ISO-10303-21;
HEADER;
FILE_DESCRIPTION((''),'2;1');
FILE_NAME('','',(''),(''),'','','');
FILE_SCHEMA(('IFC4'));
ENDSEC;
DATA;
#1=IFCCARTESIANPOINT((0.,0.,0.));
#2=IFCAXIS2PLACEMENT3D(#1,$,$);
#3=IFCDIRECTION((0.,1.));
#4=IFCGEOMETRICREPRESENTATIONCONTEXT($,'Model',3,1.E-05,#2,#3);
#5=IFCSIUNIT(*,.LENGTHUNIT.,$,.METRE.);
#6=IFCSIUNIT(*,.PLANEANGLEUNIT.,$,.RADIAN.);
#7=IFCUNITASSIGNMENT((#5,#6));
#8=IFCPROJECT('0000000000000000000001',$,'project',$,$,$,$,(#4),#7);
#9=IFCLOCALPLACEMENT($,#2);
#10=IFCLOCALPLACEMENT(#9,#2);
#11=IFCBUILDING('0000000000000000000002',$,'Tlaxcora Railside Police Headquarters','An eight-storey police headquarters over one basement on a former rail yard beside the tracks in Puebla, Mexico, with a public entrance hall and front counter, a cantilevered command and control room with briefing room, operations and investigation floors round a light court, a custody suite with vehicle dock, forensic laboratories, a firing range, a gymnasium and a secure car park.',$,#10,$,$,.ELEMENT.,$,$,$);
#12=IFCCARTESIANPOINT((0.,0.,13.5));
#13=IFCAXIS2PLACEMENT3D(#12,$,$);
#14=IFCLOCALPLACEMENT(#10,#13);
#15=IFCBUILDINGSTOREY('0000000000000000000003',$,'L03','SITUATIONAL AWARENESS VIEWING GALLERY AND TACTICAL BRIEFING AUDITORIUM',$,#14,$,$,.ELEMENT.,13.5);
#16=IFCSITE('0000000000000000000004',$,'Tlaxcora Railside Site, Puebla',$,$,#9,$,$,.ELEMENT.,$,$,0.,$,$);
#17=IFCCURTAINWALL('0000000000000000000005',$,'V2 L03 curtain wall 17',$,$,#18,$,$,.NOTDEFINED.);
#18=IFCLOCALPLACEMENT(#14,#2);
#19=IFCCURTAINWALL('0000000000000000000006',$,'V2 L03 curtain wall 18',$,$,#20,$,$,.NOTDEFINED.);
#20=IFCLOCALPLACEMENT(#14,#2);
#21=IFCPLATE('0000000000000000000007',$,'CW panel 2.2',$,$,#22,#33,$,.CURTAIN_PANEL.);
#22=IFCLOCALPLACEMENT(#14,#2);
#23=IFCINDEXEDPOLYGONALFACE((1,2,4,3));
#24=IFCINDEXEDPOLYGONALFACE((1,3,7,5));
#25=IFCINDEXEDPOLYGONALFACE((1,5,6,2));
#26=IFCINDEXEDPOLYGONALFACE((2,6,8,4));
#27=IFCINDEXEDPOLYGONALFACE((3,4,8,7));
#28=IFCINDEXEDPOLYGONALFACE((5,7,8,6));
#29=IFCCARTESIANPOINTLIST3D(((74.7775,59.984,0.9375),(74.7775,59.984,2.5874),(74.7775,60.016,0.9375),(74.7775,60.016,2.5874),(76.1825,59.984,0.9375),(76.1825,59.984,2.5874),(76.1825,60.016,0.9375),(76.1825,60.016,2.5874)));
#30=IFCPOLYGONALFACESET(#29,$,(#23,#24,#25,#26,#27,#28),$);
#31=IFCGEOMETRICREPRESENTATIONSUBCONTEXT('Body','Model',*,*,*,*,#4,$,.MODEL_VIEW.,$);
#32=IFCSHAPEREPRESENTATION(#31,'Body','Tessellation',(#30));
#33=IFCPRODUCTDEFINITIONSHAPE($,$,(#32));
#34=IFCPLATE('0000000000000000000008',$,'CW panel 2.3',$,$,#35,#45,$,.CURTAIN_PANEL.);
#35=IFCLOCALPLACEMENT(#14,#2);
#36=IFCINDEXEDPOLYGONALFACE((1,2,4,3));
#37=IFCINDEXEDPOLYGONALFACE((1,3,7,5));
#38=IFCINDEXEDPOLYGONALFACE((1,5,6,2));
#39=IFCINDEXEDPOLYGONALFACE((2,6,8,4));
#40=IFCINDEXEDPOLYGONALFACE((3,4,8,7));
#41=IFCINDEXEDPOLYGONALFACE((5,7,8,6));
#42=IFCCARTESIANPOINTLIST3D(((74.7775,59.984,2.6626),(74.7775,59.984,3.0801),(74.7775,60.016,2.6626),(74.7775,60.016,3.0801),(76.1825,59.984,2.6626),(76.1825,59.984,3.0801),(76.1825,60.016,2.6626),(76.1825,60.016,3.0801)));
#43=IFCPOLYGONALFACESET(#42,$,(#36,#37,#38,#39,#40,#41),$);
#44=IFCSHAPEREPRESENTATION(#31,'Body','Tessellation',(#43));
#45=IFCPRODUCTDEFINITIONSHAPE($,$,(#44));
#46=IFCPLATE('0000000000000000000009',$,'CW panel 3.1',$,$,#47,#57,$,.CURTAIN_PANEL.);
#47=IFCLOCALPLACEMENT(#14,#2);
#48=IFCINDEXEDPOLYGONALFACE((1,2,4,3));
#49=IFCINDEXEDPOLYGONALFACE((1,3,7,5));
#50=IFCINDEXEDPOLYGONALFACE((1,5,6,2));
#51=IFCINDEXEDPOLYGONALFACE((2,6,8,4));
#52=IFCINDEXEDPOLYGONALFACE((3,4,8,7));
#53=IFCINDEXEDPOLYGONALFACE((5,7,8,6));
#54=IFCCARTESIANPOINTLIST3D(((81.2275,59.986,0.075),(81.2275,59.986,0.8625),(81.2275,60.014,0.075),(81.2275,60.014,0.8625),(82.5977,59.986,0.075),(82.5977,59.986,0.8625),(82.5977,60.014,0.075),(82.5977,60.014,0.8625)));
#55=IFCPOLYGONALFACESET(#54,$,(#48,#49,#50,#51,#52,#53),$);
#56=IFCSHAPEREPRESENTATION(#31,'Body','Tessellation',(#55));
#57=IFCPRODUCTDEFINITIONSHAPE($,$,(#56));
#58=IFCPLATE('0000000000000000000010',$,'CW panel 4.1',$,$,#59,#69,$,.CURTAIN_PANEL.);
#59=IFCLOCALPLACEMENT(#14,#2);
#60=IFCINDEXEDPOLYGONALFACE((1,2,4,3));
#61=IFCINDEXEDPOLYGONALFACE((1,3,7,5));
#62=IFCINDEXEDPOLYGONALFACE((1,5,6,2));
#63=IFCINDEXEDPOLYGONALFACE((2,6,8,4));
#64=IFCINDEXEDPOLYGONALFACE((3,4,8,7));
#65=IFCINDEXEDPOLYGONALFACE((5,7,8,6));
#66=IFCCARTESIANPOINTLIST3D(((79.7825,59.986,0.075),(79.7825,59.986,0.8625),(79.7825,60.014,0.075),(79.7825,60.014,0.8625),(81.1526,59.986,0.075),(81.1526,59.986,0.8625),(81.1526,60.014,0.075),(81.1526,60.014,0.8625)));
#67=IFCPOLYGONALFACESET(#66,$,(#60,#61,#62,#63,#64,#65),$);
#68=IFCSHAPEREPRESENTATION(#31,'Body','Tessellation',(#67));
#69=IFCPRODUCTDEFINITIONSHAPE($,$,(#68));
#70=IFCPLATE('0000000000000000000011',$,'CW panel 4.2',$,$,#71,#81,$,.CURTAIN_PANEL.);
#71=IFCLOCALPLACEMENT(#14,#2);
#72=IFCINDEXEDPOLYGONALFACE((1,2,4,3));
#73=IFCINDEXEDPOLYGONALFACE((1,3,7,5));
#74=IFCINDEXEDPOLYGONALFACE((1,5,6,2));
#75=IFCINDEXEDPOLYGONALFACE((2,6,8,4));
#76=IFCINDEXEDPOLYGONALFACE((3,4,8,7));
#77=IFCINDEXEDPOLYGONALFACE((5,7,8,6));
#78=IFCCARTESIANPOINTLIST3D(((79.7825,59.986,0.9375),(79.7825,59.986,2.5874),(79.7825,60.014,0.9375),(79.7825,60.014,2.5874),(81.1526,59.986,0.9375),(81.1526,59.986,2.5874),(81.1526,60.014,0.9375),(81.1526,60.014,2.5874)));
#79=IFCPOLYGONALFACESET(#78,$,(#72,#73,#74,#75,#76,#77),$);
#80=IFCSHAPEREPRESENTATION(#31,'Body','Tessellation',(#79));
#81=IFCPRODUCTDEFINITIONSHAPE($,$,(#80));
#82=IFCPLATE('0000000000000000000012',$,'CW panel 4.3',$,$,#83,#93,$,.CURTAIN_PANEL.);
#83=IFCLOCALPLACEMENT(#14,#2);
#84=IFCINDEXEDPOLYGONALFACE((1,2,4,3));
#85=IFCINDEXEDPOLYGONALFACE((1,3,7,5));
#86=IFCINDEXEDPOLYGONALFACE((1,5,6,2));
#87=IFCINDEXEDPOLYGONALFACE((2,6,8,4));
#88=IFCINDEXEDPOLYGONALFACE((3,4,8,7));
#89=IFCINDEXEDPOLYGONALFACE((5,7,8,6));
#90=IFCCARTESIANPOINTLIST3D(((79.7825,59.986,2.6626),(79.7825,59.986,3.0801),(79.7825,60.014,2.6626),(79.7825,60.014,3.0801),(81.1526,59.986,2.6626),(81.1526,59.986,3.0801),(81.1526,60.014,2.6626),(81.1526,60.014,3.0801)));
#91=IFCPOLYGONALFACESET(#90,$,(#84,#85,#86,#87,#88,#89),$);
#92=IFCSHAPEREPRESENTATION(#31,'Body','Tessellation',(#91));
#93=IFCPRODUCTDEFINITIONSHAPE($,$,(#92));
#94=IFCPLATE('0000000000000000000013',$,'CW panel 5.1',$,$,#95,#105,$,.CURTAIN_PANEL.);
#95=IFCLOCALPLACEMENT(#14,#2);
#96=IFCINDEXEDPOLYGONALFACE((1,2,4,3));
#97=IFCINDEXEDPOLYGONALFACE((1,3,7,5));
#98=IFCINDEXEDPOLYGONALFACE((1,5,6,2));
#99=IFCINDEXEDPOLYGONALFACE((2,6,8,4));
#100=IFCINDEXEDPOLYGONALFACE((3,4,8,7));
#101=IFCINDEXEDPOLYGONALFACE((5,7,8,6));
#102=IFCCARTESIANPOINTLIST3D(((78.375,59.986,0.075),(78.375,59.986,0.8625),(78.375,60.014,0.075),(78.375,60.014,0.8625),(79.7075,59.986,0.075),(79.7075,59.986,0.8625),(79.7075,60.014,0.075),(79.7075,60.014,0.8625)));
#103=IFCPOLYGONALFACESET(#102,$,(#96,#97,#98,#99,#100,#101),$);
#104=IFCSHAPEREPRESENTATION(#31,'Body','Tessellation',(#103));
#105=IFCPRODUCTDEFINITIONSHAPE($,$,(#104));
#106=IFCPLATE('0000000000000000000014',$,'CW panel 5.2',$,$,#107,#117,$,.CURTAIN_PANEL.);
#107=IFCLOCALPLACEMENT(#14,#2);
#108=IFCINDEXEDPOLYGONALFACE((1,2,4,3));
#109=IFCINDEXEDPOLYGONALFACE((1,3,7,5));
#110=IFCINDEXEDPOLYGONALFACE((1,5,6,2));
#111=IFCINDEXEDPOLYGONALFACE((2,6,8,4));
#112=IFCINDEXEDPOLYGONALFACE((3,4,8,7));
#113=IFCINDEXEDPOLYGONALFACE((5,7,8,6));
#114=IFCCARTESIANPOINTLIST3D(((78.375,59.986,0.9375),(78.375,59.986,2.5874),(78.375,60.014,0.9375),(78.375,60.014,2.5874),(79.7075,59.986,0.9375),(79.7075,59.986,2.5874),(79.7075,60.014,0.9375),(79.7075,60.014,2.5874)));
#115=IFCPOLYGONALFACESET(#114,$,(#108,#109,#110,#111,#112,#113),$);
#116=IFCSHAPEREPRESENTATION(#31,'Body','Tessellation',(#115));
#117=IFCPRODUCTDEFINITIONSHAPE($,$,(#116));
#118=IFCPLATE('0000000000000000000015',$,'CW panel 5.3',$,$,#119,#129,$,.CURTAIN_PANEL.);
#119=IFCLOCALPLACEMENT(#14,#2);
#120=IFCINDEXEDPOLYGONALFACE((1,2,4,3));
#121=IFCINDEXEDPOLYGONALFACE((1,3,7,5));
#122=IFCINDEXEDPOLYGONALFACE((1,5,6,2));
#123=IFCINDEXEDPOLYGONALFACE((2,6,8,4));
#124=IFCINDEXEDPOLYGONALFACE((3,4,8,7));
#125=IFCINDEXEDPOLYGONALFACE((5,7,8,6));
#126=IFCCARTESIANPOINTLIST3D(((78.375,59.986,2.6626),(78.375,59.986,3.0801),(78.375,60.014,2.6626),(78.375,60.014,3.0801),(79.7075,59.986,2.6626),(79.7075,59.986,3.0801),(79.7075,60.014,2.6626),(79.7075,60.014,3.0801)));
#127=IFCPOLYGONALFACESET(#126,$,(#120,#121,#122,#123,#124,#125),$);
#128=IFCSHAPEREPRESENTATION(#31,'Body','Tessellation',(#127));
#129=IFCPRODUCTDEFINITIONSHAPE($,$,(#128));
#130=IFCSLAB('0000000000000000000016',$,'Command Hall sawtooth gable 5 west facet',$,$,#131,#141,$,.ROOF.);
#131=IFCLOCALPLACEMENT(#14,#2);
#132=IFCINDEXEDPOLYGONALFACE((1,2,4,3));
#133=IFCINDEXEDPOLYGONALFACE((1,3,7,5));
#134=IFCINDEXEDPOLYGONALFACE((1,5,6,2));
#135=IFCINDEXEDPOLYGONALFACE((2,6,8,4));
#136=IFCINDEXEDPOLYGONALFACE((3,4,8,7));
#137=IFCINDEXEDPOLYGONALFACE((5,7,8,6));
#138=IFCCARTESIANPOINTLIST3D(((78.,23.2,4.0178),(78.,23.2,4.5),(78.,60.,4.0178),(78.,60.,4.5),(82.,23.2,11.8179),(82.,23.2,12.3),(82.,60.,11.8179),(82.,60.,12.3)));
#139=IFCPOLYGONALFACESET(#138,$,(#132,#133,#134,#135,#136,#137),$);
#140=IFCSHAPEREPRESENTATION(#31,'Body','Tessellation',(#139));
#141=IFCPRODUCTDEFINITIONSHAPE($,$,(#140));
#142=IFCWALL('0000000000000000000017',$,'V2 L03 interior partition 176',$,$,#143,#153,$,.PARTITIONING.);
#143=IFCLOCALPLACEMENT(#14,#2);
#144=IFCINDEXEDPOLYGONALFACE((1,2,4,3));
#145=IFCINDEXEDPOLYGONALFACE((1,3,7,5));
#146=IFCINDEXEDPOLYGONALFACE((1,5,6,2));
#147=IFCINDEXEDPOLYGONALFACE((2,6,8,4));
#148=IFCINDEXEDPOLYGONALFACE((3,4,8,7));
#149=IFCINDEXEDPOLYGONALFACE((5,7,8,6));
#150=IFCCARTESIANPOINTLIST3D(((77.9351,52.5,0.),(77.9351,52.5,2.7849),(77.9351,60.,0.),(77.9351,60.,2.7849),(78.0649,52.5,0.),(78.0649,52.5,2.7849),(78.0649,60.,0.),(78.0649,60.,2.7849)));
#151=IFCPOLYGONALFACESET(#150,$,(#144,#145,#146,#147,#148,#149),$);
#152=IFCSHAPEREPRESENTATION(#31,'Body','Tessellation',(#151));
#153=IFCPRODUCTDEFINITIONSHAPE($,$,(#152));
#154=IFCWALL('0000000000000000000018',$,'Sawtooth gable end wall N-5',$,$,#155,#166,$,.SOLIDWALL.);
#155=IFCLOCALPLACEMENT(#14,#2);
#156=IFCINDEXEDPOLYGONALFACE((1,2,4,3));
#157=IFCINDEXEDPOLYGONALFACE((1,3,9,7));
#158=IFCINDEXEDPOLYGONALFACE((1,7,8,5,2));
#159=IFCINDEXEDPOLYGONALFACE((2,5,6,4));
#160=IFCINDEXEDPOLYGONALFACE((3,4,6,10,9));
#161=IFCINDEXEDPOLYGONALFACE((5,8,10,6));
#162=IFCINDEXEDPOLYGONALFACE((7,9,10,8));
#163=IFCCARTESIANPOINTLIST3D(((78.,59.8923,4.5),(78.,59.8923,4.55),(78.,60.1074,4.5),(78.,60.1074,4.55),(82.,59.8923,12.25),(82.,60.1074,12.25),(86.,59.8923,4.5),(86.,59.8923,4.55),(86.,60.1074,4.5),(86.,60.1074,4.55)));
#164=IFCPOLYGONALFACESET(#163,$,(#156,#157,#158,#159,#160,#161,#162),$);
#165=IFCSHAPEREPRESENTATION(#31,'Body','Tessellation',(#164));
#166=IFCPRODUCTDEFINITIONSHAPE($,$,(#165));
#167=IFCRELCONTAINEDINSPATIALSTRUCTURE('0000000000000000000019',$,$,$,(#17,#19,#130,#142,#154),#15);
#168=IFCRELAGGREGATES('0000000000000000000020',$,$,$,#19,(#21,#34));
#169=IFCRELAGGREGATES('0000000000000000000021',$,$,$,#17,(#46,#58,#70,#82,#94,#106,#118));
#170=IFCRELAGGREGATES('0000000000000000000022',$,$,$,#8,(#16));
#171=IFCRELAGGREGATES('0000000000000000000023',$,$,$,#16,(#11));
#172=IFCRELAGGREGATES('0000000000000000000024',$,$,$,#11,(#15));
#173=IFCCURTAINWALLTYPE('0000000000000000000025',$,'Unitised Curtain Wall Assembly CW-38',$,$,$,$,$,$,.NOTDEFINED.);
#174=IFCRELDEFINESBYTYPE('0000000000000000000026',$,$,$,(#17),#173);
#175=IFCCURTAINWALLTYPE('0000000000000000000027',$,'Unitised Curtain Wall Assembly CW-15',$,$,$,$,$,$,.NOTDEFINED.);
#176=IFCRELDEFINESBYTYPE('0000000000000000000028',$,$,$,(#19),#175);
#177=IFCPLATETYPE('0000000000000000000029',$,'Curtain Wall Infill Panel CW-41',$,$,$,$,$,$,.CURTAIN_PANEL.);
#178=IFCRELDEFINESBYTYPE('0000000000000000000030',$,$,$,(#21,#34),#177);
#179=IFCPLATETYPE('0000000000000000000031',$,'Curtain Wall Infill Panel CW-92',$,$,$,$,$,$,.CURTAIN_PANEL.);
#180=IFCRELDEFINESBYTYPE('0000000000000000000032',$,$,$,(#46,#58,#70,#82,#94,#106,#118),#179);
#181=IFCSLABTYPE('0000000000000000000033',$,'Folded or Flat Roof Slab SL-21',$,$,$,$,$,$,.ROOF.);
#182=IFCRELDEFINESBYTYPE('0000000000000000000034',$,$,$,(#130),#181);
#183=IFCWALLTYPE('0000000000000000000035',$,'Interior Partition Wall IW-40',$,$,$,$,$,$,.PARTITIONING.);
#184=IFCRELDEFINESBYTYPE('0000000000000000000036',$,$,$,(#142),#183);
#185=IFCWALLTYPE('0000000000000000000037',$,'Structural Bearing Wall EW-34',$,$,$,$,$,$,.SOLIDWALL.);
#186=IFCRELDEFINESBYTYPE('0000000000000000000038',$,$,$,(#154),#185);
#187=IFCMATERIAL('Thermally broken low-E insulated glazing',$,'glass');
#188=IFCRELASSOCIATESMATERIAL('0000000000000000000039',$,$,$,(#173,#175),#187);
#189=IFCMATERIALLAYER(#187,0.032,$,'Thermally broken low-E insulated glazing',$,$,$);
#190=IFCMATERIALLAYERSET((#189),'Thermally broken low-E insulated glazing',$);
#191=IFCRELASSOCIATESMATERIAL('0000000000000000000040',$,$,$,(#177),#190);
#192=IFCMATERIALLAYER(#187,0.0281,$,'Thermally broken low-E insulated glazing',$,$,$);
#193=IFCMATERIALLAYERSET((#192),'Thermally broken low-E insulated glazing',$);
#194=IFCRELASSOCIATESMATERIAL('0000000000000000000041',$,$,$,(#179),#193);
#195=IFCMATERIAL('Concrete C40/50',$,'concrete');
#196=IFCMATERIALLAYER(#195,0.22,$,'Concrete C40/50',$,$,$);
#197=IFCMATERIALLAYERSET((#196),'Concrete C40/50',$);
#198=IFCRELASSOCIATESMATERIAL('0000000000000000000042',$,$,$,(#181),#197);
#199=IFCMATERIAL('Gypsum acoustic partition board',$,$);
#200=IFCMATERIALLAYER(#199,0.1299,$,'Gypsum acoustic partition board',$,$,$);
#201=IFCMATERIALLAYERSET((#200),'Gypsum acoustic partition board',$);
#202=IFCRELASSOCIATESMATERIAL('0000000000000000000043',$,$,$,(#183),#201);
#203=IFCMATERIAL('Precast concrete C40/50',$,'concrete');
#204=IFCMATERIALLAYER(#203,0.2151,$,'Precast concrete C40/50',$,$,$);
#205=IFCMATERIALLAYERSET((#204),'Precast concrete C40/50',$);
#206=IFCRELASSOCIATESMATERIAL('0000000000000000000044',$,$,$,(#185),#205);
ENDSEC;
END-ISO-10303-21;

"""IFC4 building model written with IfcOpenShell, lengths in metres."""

from ifc_helpers import new_model, si_unit, direction, frame, frame_2d, origin, origin_2d, place, context, subcontext, project, spatial, polyline, rectangle, outline, extrude, material, layer, layer_set, type_object, element, aggregate, save


model = new_model("IFC4")

# Units and contexts
model_context = context("Model", 3, precision=1e-05, world=origin(), true_north=direction((0.0, 1.0)))
body_context = subcontext(model_context, "Body", "Model", "MODEL_VIEW")
ifc_project = project(units=[si_unit("LENGTHUNIT", "METRE"), si_unit("PLANEANGLEUNIT", "RADIAN")], contexts=[model_context])

# Site, building, storey
site_placement = place(None, origin())
site = spatial("IfcSite", under=ifc_project, at=site_placement, Name="Tlaxcora Railside Site, Puebla", CompositionType="ELEMENT", RefElevation=0.0)
building_placement = place(site_placement, origin())
building = spatial("IfcBuilding", under=site, at=building_placement, Name="Tlaxcora Railside Police Headquarters", Description="An eight-storey police headquarters over one basement on a former rail yard beside the tracks in Puebla, Mexico, with a public entrance hall and front counter, a cantilevered command and control room with briefing room, operations and investigation floors round a light court, a custody suite with vehicle dock, forensic laboratories, a firing range, a gymnasium and a secure car park.", CompositionType="ELEMENT")
storey_placement = place(building_placement, frame((0.0, 0.0, 13.5)))
storey = spatial("IfcBuildingStorey", under=building, at=storey_placement, Name="L03", Description="SITUATIONAL AWARENESS VIEWING GALLERY AND TACTICAL BRIEFING AUDITORIUM", CompositionType="ELEMENT", Elevation=13.5)

# Shared definitions
ifc_material_1 = material(Name="Concrete C40/50", Category="concrete")

# Curtain walls
ifc_material_2 = material(Name="Thermally broken low-E insulated glazing", Category="glass")
curtain_wall_type_1 = type_object("IfcCurtainWallType", Name="Unitised Curtain Wall Assembly CW-38", PredefinedType="NOTDEFINED", material=ifc_material_2)
curtain_wall_1_placement = place(storey_placement, origin())
curtain_wall_1 = element("IfcCurtainWall", 1, at=curtain_wall_1_placement, inside=storey, type_object=curtain_wall_type_1, Name="V2 L03 curtain wall 17", PredefinedType="NOTDEFINED")
curtain_wall_type_2 = type_object("IfcCurtainWallType", Name="Unitised Curtain Wall Assembly CW-15", PredefinedType="NOTDEFINED", material=ifc_material_2)
curtain_wall_2_placement = place(storey_placement, origin())
curtain_wall_2 = element("IfcCurtainWall", 2, at=curtain_wall_2_placement, inside=storey, type_object=curtain_wall_type_2, Name="V2 L03 curtain wall 18", PredefinedType="NOTDEFINED")

# Plates
ifc_layer_1 = layer(ifc_material_2, 0.032, Name="Thermally broken low-E insulated glazing")
ifc_layer_set_1 = layer_set([ifc_layer_1], Name="Thermally broken low-E insulated glazing")
plate_type_1 = type_object("IfcPlateType", Name="Curtain Wall Infill Panel CW-41", PredefinedType="CURTAIN_PANEL", material=ifc_layer_set_1)
plate_1_placement = place(storey_placement, frame((75.48, 60.0, 0.9375), z_axis=(0.0, 0.0, 1.0), x_axis=(-1.0, 0.0, 0.0)))
plate_1 = element("IfcPlate", 3, at=plate_1_placement, type_object=plate_type_1, Name="CW panel 2.2", PredefinedType="CURTAIN_PANEL", context=body_context, shape_type="SweptSolid", body=[
    extrude(rectangle(XDim=1.405, YDim=0.032, at=origin_2d()), origin(), (0.0, 0.0, 1.0), 1.6499),
])
plate_2_placement = place(storey_placement, frame((75.48, 60.0, 2.6626), z_axis=(0.0, 0.0, 1.0), x_axis=(-1.0, 0.0, 0.0)))
plate_2 = element("IfcPlate", 4, at=plate_2_placement, type_object=plate_type_1, Name="CW panel 2.3", PredefinedType="CURTAIN_PANEL", context=body_context, shape_type="SweptSolid", body=[
    extrude(rectangle(XDim=1.405, YDim=0.032, at=origin_2d()), origin(), (0.0, 0.0, 1.0), 0.4175),
])
aggregate(curtain_wall_2, [plate_1, plate_2])
ifc_layer_2 = layer(ifc_material_2, 0.0281, Name="Thermally broken low-E insulated glazing")
ifc_layer_set_2 = layer_set([ifc_layer_2], Name="Thermally broken low-E insulated glazing")
plate_type_2 = type_object("IfcPlateType", Name="Curtain Wall Infill Panel CW-92", PredefinedType="CURTAIN_PANEL", material=ifc_layer_set_2)
plate_3_placement = place(storey_placement, frame((81.9126, 60.0, 0.075), z_axis=(0.0, 0.0, 1.0), x_axis=(-1.0, 0.0, 0.0)))
plate_3 = element("IfcPlate", 5, at=plate_3_placement, type_object=plate_type_2, Name="CW panel 3.1", PredefinedType="CURTAIN_PANEL", context=body_context, shape_type="SweptSolid", body=[
    extrude(rectangle(XDim=1.3701, YDim=0.0281, at=origin_2d()), origin(), (0.0, 0.0, 1.0), 0.7876),
])
plate_4_placement = place(storey_placement, frame((80.4675, 60.0, 0.075), z_axis=(0.0, 0.0, 1.0), x_axis=(-1.0, 0.0, 0.0)))
plate_4 = element("IfcPlate", 6, at=plate_4_placement, type_object=plate_type_2, Name="CW panel 4.1", PredefinedType="CURTAIN_PANEL", context=body_context, shape_type="SweptSolid", body=[
    extrude(rectangle(XDim=1.3701, YDim=0.0281, at=origin_2d()), origin(), (0.0, 0.0, 1.0), 0.7876),
])
plate_5_placement = place(storey_placement, frame((80.4675, 60.0, 0.9375), z_axis=(0.0, 0.0, 1.0), x_axis=(-1.0, 0.0, 0.0)))
plate_5 = element("IfcPlate", 7, at=plate_5_placement, type_object=plate_type_2, Name="CW panel 4.2", PredefinedType="CURTAIN_PANEL", context=body_context, shape_type="SweptSolid", body=[
    extrude(rectangle(XDim=1.3701, YDim=0.0281, at=origin_2d()), origin(), (0.0, 0.0, 1.0), 1.6499),
])
plate_6_placement = place(storey_placement, frame((80.4675, 60.0, 2.6626), z_axis=(0.0, 0.0, 1.0), x_axis=(-1.0, 0.0, 0.0)))
plate_6 = element("IfcPlate", 8, at=plate_6_placement, type_object=plate_type_2, Name="CW panel 4.3", PredefinedType="CURTAIN_PANEL", context=body_context, shape_type="SweptSolid", body=[
    extrude(rectangle(XDim=1.3701, YDim=0.0281, at=origin_2d()), origin(), (0.0, 0.0, 1.0), 0.4175),
])
plate_7_placement = place(storey_placement, frame((79.0413, 60.0, 0.075), z_axis=(0.0, 0.0, 1.0), x_axis=(-1.0, 0.0, 0.0)))
plate_7 = element("IfcPlate", 9, at=plate_7_placement, type_object=plate_type_2, Name="CW panel 5.1", PredefinedType="CURTAIN_PANEL", context=body_context, shape_type="SweptSolid", body=[
    extrude(rectangle(XDim=1.3325, YDim=0.0281, at=origin_2d()), origin(), (0.0, 0.0, 1.0), 0.7876),
])
plate_8_placement = place(storey_placement, frame((79.0413, 60.0, 0.9375), z_axis=(0.0, 0.0, 1.0), x_axis=(-1.0, 0.0, 0.0)))
plate_8 = element("IfcPlate", 10, at=plate_8_placement, type_object=plate_type_2, Name="CW panel 5.2", PredefinedType="CURTAIN_PANEL", context=body_context, shape_type="SweptSolid", body=[
    extrude(rectangle(XDim=1.3325, YDim=0.0281, at=origin_2d()), origin(), (0.0, 0.0, 1.0), 1.6499),
])
plate_9_placement = place(storey_placement, frame((79.0413, 60.0, 2.6626), z_axis=(0.0, 0.0, 1.0), x_axis=(-1.0, 0.0, 0.0)))
plate_9 = element("IfcPlate", 11, at=plate_9_placement, type_object=plate_type_2, Name="CW panel 5.3", PredefinedType="CURTAIN_PANEL", context=body_context, shape_type="SweptSolid", body=[
    extrude(rectangle(XDim=1.3325, YDim=0.0281, at=origin_2d()), origin(), (0.0, 0.0, 1.0), 0.4175),
])
aggregate(curtain_wall_1, [plate_3, plate_4, plate_5, plate_6, plate_7, plate_8, plate_9])

# Slab
ifc_layer_3 = layer(ifc_material_1, 0.22, Name="Concrete C40/50")
ifc_layer_set_3 = layer_set([ifc_layer_3], Name="Concrete C40/50")
slab_type = type_object("IfcSlabType", Name="Folded or Flat Roof Slab SL-21", PredefinedType="ROOF", material=ifc_layer_set_3)
slab_placement = place(storey_placement, frame((78.0, 60.0, 0.0), z_axis=(0.0, -1.0, 0.0), x_axis=(1.0, 0.0, 0.0)))
element("IfcSlab", 12, at=slab_placement, inside=storey, type_object=slab_type, Name="Command Hall sawtooth gable 5 west facet", PredefinedType="ROOF", context=body_context, shape_type="SweptSolid", body=[
    extrude(outline(polyline([(0.0, 4.0178), (4.0, 11.8179), (4.0, 12.3), (0.0, 4.5), (0.0, 4.0178)])), origin(), (0.0, 0.0, 1.0), 36.8),
])

# Walls
ifc_material_3 = material(Name="Gypsum acoustic partition board")
ifc_layer_4 = layer(ifc_material_3, 0.1299, Name="Gypsum acoustic partition board")
ifc_layer_set_4 = layer_set([ifc_layer_4], Name="Gypsum acoustic partition board")
wall_type_1 = type_object("IfcWallType", Name="Interior Partition Wall IW-40", PredefinedType="PARTITIONING", material=ifc_layer_set_4)
wall_1_placement = place(storey_placement, frame((78.0, 52.5, 0.0), z_axis=(0.0, 0.0, 1.0), x_axis=(0.0, 1.0, 0.0)))
element("IfcWall", 13, at=wall_1_placement, inside=storey, type_object=wall_type_1, Name="V2 L03 interior partition 176", PredefinedType="PARTITIONING", context=body_context, shape_type="SweptSolid", body=[
    extrude(rectangle(XDim=7.5, YDim=0.1299, at=frame_2d((3.75, 0.0))), origin(), (0.0, 0.0, 1.0), 2.7849),
])
ifc_material_4 = material(Name="Precast concrete C40/50", Category="concrete")
ifc_layer_5 = layer(ifc_material_4, 0.2151, Name="Precast concrete C40/50")
ifc_layer_set_5 = layer_set([ifc_layer_5], Name="Precast concrete C40/50")
wall_type_2 = type_object("IfcWallType", Name="Structural Bearing Wall EW-34", PredefinedType="SOLIDWALL", material=ifc_layer_set_5)
wall_2_placement = place(storey_placement, frame((78.0, 60.0, 4.5), z_axis=(0.0, 0.0, 1.0), x_axis=(1.0, 0.0, 0.0)))
element("IfcWall", 14, at=wall_2_placement, inside=storey, type_object=wall_type_2, Name="Sawtooth gable end wall N-5", PredefinedType="SOLIDWALL", context=body_context, shape_type="SweptSolid", body=[
    extrude(outline(polyline([(0.0, 0.0), (8.0, 0.0), (8.0, 0.05), (4.0, 7.75), (0.0, 0.05), (0.0, 0.0)])), frame((0.0, 0.1074, 0.0), z_axis=(0.0, -1.0, 0.0), x_axis=(1.0, 0.0, 0.0)), (0.0, 0.0, 1.0), 0.2151),
])

save(model, "model.ifc")
